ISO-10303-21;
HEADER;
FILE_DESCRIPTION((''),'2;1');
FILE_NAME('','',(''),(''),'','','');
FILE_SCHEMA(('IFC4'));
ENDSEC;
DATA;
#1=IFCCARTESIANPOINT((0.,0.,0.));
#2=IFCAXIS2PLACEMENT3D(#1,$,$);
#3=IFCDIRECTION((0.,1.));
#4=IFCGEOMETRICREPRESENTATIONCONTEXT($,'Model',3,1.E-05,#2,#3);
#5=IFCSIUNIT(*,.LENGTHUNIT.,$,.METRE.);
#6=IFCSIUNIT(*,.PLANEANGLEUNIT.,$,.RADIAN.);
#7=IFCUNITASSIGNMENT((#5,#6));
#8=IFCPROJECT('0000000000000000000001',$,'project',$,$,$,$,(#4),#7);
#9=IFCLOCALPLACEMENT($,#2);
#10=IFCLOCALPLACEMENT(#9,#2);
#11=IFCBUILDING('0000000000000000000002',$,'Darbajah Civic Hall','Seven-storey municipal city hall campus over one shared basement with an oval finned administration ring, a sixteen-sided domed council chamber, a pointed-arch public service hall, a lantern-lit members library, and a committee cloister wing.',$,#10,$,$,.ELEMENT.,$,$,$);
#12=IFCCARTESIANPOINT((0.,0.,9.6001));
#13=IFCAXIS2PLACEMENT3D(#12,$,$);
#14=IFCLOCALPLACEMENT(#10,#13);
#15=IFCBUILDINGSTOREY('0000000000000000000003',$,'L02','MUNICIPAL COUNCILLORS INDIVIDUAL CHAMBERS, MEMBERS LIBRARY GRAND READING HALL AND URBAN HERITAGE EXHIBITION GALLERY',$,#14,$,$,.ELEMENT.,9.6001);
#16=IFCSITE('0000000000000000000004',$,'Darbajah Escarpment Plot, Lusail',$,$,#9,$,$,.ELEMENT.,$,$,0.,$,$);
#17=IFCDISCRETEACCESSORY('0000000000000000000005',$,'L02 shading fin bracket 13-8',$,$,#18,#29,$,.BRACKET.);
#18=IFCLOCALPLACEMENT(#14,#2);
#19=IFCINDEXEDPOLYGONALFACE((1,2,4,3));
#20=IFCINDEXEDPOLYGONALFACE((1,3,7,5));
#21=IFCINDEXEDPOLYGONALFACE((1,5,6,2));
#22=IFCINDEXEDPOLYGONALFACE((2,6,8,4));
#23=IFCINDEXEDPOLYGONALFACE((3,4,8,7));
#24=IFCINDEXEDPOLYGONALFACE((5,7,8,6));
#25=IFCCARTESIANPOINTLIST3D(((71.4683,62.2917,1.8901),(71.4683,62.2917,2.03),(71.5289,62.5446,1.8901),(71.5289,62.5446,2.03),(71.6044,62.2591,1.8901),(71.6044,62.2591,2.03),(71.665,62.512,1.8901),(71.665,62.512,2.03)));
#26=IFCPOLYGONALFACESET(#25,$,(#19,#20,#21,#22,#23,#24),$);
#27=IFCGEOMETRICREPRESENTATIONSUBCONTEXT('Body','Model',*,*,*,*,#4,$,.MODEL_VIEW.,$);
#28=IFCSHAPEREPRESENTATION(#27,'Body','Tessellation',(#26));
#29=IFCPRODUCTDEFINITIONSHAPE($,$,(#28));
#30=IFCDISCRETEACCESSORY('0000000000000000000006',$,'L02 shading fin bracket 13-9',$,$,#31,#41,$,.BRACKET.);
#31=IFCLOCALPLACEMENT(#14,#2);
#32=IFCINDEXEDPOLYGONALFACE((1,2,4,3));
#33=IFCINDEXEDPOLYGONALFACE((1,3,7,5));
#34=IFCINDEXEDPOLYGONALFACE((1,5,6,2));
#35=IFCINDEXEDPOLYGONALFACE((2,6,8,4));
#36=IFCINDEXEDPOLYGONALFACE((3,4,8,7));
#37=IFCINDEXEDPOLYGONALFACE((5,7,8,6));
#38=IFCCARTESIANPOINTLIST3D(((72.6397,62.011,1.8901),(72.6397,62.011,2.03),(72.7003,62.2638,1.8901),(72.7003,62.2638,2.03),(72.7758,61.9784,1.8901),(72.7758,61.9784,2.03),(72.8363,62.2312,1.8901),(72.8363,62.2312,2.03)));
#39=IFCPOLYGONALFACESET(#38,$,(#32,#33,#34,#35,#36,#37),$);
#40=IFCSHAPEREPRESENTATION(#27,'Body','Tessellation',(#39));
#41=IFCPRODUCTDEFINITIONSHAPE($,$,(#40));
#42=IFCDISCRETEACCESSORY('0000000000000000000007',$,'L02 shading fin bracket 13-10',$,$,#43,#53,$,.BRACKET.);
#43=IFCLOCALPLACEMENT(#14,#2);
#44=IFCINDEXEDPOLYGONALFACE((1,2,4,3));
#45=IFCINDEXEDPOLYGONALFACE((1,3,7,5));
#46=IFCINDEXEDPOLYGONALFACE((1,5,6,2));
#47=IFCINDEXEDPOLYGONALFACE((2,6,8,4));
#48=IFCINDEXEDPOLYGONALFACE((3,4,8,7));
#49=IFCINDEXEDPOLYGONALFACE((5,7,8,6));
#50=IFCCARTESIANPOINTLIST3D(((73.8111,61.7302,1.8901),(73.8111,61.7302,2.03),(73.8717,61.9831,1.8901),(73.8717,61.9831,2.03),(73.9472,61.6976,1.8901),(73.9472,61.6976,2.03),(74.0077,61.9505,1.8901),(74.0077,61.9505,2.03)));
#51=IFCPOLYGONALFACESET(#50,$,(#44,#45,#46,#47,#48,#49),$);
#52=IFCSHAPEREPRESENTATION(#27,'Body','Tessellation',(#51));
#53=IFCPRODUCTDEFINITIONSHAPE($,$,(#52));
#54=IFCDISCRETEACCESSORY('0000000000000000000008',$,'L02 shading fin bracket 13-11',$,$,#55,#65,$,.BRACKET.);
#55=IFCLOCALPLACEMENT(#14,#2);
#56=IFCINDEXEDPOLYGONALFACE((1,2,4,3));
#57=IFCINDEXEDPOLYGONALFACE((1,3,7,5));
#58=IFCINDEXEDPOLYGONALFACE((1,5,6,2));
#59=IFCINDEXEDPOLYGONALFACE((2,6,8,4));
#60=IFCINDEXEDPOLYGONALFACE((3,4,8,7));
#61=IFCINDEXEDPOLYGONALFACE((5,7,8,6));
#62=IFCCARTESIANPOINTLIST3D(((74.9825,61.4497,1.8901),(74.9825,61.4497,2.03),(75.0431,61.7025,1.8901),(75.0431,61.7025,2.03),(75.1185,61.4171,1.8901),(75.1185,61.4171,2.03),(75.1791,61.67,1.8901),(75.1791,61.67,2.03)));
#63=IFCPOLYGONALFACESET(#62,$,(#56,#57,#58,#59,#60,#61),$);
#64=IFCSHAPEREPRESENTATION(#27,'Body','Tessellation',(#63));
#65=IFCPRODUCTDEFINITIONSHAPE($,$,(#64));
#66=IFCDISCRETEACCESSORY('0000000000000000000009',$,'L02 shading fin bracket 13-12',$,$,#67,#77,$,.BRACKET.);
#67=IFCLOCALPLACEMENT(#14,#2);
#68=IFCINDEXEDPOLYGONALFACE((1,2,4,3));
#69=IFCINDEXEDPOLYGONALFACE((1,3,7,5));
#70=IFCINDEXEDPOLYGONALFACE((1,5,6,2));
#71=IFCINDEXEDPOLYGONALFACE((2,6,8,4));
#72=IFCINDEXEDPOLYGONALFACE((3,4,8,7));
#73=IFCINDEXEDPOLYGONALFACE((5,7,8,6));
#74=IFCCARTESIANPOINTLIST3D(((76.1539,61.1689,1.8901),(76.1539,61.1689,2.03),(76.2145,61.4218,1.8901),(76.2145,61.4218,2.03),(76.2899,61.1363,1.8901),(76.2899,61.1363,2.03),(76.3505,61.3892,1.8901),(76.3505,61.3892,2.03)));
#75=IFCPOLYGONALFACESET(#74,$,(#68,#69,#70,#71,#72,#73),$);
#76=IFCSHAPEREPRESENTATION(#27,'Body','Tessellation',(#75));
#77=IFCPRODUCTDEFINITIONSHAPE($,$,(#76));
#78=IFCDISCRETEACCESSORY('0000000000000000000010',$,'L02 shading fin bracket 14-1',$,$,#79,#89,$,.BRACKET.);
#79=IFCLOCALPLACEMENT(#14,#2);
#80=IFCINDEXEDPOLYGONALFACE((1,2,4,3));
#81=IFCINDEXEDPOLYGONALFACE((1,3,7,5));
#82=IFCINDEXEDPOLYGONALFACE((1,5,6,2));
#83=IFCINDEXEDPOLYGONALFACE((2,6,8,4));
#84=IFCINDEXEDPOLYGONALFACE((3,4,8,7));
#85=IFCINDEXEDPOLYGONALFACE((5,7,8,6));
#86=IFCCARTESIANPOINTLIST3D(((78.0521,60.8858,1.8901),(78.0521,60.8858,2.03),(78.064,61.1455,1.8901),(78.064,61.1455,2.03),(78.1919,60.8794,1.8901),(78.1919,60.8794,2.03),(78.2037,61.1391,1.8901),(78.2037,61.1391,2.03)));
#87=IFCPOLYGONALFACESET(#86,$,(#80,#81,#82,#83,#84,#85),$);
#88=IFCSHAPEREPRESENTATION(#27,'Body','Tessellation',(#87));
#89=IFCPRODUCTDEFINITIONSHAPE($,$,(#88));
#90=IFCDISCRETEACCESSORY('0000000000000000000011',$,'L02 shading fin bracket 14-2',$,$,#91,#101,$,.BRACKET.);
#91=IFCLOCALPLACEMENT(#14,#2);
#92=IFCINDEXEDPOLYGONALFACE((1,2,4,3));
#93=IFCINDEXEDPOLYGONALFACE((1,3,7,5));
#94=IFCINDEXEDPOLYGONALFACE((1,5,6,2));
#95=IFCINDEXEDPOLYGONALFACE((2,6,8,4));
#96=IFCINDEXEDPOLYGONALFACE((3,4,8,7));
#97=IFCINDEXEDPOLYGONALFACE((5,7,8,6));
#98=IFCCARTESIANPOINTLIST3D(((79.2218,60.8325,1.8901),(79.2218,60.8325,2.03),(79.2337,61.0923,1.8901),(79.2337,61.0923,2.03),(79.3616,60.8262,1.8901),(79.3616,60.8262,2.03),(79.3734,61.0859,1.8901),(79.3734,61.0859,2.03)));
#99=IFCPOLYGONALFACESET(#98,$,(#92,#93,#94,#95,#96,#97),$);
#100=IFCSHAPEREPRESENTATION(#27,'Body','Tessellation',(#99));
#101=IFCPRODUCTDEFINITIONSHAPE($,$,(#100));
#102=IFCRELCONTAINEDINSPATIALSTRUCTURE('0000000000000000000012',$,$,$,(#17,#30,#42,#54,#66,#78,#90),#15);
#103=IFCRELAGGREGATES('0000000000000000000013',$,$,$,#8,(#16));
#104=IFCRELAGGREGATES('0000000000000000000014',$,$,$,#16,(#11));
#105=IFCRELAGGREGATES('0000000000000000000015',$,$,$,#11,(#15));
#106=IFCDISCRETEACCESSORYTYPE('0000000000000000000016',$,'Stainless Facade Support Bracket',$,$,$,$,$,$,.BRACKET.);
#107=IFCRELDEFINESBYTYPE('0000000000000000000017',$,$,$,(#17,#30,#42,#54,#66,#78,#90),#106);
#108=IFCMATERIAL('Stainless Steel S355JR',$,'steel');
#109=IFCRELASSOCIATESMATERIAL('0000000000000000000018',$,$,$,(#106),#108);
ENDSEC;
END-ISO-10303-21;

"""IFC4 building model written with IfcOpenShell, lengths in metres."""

from ifc_helpers import new_model, si_unit, direction, frame, origin, origin_2d, place, context, subcontext, project, spatial, rectangle, extrude, material, type_object, element, save


model = new_model("IFC4")

# Units and contexts
model_context = context("Model", 3, precision=1e-05, world=origin(), true_north=direction((0.0, 1.0)))
body_context = subcontext(model_context, "Body", "Model", "MODEL_VIEW")
ifc_project = project(units=[si_unit("LENGTHUNIT", "METRE"), si_unit("PLANEANGLEUNIT", "RADIAN")], contexts=[model_context])

# Site, building, storey
site_placement = place(None, origin())
site = spatial("IfcSite", under=ifc_project, at=site_placement, Name="Darbajah Escarpment Plot, Lusail", CompositionType="ELEMENT", RefElevation=0.0)
building_placement = place(site_placement, origin())
building = spatial("IfcBuilding", under=site, at=building_placement, Name="Darbajah Civic Hall", Description="Seven-storey municipal city hall campus over one shared basement with an oval finned administration ring, a sixteen-sided domed council chamber, a pointed-arch public service hall, a lantern-lit members library, and a committee cloister wing.", CompositionType="ELEMENT")
storey_placement = place(building_placement, frame((0.0, 0.0, 9.6001)))
storey = spatial("IfcBuildingStorey", under=building, at=storey_placement, Name="L02", Description="MUNICIPAL COUNCILLORS INDIVIDUAL CHAMBERS, MEMBERS LIBRARY GRAND READING HALL AND URBAN HERITAGE EXHIBITION GALLERY", CompositionType="ELEMENT", Elevation=9.6001)

# Discrete accessories
ifc_material_1 = material(Name="Stainless Steel S355JR", Category="steel")
discrete_accessory_type = type_object("IfcDiscreteAccessoryType", Name="Stainless Facade Support Bracket", PredefinedType="BRACKET", material=ifc_material_1)
for number, where, z_axis, x_axis, name in (
    (1, (71.5667, 62.4019, 1.8901), (0.0, 0.0, 1.0), (-0.232936, -0.972492, 0.0), "L02 shading fin bracket 13-8"),
    (2, (72.738, 62.1211, 1.8901), (0.0, 0.0, 1.0), (-0.232936, -0.972492, 0.0), "L02 shading fin bracket 13-9"),
    (3, (73.9094, 61.8403, 1.8901), (0.0, 0.0, 1.0), (-0.232936, -0.972492, 0.0), "L02 shading fin bracket 13-10"),
    (4, (75.0808, 61.5598, 1.8901), (0.0, 0.0, 1.0), (-0.232936, -0.972492, 0.0), "L02 shading fin bracket 13-11"),
    (5, (76.2522, 61.2791, 1.8901), (0.0, 0.0, 1.0), (-0.232936, -0.972492, 0.0), "L02 shading fin bracket 13-12"),
    (6, (78.1279, 61.0125, 1.8901), (0.0, 0.0, 1.0), (-0.045537, -0.998963, 0.0), "L02 shading fin bracket 14-1"),
    (7, (79.2976, 60.9592, 1.8901), (0.0, 0.0, 1.0), (-0.045537, -0.998963, 0.0), "L02 shading fin bracket 14-2"),
):
    element("IfcDiscreteAccessory", number, at=place(storey_placement, frame(where, z_axis=z_axis, x_axis=x_axis)), inside=storey, type_object=discrete_accessory_type, Name=name, PredefinedType="BRACKET", context=body_context, shape_type="SweptSolid", body=[
        extrude(rectangle(XDim=0.26, YDim=0.1399, at=origin_2d()), origin(), (0.0, 0.0, 1.0), 0.1399),
    ])

save(model, "model.ifc")
